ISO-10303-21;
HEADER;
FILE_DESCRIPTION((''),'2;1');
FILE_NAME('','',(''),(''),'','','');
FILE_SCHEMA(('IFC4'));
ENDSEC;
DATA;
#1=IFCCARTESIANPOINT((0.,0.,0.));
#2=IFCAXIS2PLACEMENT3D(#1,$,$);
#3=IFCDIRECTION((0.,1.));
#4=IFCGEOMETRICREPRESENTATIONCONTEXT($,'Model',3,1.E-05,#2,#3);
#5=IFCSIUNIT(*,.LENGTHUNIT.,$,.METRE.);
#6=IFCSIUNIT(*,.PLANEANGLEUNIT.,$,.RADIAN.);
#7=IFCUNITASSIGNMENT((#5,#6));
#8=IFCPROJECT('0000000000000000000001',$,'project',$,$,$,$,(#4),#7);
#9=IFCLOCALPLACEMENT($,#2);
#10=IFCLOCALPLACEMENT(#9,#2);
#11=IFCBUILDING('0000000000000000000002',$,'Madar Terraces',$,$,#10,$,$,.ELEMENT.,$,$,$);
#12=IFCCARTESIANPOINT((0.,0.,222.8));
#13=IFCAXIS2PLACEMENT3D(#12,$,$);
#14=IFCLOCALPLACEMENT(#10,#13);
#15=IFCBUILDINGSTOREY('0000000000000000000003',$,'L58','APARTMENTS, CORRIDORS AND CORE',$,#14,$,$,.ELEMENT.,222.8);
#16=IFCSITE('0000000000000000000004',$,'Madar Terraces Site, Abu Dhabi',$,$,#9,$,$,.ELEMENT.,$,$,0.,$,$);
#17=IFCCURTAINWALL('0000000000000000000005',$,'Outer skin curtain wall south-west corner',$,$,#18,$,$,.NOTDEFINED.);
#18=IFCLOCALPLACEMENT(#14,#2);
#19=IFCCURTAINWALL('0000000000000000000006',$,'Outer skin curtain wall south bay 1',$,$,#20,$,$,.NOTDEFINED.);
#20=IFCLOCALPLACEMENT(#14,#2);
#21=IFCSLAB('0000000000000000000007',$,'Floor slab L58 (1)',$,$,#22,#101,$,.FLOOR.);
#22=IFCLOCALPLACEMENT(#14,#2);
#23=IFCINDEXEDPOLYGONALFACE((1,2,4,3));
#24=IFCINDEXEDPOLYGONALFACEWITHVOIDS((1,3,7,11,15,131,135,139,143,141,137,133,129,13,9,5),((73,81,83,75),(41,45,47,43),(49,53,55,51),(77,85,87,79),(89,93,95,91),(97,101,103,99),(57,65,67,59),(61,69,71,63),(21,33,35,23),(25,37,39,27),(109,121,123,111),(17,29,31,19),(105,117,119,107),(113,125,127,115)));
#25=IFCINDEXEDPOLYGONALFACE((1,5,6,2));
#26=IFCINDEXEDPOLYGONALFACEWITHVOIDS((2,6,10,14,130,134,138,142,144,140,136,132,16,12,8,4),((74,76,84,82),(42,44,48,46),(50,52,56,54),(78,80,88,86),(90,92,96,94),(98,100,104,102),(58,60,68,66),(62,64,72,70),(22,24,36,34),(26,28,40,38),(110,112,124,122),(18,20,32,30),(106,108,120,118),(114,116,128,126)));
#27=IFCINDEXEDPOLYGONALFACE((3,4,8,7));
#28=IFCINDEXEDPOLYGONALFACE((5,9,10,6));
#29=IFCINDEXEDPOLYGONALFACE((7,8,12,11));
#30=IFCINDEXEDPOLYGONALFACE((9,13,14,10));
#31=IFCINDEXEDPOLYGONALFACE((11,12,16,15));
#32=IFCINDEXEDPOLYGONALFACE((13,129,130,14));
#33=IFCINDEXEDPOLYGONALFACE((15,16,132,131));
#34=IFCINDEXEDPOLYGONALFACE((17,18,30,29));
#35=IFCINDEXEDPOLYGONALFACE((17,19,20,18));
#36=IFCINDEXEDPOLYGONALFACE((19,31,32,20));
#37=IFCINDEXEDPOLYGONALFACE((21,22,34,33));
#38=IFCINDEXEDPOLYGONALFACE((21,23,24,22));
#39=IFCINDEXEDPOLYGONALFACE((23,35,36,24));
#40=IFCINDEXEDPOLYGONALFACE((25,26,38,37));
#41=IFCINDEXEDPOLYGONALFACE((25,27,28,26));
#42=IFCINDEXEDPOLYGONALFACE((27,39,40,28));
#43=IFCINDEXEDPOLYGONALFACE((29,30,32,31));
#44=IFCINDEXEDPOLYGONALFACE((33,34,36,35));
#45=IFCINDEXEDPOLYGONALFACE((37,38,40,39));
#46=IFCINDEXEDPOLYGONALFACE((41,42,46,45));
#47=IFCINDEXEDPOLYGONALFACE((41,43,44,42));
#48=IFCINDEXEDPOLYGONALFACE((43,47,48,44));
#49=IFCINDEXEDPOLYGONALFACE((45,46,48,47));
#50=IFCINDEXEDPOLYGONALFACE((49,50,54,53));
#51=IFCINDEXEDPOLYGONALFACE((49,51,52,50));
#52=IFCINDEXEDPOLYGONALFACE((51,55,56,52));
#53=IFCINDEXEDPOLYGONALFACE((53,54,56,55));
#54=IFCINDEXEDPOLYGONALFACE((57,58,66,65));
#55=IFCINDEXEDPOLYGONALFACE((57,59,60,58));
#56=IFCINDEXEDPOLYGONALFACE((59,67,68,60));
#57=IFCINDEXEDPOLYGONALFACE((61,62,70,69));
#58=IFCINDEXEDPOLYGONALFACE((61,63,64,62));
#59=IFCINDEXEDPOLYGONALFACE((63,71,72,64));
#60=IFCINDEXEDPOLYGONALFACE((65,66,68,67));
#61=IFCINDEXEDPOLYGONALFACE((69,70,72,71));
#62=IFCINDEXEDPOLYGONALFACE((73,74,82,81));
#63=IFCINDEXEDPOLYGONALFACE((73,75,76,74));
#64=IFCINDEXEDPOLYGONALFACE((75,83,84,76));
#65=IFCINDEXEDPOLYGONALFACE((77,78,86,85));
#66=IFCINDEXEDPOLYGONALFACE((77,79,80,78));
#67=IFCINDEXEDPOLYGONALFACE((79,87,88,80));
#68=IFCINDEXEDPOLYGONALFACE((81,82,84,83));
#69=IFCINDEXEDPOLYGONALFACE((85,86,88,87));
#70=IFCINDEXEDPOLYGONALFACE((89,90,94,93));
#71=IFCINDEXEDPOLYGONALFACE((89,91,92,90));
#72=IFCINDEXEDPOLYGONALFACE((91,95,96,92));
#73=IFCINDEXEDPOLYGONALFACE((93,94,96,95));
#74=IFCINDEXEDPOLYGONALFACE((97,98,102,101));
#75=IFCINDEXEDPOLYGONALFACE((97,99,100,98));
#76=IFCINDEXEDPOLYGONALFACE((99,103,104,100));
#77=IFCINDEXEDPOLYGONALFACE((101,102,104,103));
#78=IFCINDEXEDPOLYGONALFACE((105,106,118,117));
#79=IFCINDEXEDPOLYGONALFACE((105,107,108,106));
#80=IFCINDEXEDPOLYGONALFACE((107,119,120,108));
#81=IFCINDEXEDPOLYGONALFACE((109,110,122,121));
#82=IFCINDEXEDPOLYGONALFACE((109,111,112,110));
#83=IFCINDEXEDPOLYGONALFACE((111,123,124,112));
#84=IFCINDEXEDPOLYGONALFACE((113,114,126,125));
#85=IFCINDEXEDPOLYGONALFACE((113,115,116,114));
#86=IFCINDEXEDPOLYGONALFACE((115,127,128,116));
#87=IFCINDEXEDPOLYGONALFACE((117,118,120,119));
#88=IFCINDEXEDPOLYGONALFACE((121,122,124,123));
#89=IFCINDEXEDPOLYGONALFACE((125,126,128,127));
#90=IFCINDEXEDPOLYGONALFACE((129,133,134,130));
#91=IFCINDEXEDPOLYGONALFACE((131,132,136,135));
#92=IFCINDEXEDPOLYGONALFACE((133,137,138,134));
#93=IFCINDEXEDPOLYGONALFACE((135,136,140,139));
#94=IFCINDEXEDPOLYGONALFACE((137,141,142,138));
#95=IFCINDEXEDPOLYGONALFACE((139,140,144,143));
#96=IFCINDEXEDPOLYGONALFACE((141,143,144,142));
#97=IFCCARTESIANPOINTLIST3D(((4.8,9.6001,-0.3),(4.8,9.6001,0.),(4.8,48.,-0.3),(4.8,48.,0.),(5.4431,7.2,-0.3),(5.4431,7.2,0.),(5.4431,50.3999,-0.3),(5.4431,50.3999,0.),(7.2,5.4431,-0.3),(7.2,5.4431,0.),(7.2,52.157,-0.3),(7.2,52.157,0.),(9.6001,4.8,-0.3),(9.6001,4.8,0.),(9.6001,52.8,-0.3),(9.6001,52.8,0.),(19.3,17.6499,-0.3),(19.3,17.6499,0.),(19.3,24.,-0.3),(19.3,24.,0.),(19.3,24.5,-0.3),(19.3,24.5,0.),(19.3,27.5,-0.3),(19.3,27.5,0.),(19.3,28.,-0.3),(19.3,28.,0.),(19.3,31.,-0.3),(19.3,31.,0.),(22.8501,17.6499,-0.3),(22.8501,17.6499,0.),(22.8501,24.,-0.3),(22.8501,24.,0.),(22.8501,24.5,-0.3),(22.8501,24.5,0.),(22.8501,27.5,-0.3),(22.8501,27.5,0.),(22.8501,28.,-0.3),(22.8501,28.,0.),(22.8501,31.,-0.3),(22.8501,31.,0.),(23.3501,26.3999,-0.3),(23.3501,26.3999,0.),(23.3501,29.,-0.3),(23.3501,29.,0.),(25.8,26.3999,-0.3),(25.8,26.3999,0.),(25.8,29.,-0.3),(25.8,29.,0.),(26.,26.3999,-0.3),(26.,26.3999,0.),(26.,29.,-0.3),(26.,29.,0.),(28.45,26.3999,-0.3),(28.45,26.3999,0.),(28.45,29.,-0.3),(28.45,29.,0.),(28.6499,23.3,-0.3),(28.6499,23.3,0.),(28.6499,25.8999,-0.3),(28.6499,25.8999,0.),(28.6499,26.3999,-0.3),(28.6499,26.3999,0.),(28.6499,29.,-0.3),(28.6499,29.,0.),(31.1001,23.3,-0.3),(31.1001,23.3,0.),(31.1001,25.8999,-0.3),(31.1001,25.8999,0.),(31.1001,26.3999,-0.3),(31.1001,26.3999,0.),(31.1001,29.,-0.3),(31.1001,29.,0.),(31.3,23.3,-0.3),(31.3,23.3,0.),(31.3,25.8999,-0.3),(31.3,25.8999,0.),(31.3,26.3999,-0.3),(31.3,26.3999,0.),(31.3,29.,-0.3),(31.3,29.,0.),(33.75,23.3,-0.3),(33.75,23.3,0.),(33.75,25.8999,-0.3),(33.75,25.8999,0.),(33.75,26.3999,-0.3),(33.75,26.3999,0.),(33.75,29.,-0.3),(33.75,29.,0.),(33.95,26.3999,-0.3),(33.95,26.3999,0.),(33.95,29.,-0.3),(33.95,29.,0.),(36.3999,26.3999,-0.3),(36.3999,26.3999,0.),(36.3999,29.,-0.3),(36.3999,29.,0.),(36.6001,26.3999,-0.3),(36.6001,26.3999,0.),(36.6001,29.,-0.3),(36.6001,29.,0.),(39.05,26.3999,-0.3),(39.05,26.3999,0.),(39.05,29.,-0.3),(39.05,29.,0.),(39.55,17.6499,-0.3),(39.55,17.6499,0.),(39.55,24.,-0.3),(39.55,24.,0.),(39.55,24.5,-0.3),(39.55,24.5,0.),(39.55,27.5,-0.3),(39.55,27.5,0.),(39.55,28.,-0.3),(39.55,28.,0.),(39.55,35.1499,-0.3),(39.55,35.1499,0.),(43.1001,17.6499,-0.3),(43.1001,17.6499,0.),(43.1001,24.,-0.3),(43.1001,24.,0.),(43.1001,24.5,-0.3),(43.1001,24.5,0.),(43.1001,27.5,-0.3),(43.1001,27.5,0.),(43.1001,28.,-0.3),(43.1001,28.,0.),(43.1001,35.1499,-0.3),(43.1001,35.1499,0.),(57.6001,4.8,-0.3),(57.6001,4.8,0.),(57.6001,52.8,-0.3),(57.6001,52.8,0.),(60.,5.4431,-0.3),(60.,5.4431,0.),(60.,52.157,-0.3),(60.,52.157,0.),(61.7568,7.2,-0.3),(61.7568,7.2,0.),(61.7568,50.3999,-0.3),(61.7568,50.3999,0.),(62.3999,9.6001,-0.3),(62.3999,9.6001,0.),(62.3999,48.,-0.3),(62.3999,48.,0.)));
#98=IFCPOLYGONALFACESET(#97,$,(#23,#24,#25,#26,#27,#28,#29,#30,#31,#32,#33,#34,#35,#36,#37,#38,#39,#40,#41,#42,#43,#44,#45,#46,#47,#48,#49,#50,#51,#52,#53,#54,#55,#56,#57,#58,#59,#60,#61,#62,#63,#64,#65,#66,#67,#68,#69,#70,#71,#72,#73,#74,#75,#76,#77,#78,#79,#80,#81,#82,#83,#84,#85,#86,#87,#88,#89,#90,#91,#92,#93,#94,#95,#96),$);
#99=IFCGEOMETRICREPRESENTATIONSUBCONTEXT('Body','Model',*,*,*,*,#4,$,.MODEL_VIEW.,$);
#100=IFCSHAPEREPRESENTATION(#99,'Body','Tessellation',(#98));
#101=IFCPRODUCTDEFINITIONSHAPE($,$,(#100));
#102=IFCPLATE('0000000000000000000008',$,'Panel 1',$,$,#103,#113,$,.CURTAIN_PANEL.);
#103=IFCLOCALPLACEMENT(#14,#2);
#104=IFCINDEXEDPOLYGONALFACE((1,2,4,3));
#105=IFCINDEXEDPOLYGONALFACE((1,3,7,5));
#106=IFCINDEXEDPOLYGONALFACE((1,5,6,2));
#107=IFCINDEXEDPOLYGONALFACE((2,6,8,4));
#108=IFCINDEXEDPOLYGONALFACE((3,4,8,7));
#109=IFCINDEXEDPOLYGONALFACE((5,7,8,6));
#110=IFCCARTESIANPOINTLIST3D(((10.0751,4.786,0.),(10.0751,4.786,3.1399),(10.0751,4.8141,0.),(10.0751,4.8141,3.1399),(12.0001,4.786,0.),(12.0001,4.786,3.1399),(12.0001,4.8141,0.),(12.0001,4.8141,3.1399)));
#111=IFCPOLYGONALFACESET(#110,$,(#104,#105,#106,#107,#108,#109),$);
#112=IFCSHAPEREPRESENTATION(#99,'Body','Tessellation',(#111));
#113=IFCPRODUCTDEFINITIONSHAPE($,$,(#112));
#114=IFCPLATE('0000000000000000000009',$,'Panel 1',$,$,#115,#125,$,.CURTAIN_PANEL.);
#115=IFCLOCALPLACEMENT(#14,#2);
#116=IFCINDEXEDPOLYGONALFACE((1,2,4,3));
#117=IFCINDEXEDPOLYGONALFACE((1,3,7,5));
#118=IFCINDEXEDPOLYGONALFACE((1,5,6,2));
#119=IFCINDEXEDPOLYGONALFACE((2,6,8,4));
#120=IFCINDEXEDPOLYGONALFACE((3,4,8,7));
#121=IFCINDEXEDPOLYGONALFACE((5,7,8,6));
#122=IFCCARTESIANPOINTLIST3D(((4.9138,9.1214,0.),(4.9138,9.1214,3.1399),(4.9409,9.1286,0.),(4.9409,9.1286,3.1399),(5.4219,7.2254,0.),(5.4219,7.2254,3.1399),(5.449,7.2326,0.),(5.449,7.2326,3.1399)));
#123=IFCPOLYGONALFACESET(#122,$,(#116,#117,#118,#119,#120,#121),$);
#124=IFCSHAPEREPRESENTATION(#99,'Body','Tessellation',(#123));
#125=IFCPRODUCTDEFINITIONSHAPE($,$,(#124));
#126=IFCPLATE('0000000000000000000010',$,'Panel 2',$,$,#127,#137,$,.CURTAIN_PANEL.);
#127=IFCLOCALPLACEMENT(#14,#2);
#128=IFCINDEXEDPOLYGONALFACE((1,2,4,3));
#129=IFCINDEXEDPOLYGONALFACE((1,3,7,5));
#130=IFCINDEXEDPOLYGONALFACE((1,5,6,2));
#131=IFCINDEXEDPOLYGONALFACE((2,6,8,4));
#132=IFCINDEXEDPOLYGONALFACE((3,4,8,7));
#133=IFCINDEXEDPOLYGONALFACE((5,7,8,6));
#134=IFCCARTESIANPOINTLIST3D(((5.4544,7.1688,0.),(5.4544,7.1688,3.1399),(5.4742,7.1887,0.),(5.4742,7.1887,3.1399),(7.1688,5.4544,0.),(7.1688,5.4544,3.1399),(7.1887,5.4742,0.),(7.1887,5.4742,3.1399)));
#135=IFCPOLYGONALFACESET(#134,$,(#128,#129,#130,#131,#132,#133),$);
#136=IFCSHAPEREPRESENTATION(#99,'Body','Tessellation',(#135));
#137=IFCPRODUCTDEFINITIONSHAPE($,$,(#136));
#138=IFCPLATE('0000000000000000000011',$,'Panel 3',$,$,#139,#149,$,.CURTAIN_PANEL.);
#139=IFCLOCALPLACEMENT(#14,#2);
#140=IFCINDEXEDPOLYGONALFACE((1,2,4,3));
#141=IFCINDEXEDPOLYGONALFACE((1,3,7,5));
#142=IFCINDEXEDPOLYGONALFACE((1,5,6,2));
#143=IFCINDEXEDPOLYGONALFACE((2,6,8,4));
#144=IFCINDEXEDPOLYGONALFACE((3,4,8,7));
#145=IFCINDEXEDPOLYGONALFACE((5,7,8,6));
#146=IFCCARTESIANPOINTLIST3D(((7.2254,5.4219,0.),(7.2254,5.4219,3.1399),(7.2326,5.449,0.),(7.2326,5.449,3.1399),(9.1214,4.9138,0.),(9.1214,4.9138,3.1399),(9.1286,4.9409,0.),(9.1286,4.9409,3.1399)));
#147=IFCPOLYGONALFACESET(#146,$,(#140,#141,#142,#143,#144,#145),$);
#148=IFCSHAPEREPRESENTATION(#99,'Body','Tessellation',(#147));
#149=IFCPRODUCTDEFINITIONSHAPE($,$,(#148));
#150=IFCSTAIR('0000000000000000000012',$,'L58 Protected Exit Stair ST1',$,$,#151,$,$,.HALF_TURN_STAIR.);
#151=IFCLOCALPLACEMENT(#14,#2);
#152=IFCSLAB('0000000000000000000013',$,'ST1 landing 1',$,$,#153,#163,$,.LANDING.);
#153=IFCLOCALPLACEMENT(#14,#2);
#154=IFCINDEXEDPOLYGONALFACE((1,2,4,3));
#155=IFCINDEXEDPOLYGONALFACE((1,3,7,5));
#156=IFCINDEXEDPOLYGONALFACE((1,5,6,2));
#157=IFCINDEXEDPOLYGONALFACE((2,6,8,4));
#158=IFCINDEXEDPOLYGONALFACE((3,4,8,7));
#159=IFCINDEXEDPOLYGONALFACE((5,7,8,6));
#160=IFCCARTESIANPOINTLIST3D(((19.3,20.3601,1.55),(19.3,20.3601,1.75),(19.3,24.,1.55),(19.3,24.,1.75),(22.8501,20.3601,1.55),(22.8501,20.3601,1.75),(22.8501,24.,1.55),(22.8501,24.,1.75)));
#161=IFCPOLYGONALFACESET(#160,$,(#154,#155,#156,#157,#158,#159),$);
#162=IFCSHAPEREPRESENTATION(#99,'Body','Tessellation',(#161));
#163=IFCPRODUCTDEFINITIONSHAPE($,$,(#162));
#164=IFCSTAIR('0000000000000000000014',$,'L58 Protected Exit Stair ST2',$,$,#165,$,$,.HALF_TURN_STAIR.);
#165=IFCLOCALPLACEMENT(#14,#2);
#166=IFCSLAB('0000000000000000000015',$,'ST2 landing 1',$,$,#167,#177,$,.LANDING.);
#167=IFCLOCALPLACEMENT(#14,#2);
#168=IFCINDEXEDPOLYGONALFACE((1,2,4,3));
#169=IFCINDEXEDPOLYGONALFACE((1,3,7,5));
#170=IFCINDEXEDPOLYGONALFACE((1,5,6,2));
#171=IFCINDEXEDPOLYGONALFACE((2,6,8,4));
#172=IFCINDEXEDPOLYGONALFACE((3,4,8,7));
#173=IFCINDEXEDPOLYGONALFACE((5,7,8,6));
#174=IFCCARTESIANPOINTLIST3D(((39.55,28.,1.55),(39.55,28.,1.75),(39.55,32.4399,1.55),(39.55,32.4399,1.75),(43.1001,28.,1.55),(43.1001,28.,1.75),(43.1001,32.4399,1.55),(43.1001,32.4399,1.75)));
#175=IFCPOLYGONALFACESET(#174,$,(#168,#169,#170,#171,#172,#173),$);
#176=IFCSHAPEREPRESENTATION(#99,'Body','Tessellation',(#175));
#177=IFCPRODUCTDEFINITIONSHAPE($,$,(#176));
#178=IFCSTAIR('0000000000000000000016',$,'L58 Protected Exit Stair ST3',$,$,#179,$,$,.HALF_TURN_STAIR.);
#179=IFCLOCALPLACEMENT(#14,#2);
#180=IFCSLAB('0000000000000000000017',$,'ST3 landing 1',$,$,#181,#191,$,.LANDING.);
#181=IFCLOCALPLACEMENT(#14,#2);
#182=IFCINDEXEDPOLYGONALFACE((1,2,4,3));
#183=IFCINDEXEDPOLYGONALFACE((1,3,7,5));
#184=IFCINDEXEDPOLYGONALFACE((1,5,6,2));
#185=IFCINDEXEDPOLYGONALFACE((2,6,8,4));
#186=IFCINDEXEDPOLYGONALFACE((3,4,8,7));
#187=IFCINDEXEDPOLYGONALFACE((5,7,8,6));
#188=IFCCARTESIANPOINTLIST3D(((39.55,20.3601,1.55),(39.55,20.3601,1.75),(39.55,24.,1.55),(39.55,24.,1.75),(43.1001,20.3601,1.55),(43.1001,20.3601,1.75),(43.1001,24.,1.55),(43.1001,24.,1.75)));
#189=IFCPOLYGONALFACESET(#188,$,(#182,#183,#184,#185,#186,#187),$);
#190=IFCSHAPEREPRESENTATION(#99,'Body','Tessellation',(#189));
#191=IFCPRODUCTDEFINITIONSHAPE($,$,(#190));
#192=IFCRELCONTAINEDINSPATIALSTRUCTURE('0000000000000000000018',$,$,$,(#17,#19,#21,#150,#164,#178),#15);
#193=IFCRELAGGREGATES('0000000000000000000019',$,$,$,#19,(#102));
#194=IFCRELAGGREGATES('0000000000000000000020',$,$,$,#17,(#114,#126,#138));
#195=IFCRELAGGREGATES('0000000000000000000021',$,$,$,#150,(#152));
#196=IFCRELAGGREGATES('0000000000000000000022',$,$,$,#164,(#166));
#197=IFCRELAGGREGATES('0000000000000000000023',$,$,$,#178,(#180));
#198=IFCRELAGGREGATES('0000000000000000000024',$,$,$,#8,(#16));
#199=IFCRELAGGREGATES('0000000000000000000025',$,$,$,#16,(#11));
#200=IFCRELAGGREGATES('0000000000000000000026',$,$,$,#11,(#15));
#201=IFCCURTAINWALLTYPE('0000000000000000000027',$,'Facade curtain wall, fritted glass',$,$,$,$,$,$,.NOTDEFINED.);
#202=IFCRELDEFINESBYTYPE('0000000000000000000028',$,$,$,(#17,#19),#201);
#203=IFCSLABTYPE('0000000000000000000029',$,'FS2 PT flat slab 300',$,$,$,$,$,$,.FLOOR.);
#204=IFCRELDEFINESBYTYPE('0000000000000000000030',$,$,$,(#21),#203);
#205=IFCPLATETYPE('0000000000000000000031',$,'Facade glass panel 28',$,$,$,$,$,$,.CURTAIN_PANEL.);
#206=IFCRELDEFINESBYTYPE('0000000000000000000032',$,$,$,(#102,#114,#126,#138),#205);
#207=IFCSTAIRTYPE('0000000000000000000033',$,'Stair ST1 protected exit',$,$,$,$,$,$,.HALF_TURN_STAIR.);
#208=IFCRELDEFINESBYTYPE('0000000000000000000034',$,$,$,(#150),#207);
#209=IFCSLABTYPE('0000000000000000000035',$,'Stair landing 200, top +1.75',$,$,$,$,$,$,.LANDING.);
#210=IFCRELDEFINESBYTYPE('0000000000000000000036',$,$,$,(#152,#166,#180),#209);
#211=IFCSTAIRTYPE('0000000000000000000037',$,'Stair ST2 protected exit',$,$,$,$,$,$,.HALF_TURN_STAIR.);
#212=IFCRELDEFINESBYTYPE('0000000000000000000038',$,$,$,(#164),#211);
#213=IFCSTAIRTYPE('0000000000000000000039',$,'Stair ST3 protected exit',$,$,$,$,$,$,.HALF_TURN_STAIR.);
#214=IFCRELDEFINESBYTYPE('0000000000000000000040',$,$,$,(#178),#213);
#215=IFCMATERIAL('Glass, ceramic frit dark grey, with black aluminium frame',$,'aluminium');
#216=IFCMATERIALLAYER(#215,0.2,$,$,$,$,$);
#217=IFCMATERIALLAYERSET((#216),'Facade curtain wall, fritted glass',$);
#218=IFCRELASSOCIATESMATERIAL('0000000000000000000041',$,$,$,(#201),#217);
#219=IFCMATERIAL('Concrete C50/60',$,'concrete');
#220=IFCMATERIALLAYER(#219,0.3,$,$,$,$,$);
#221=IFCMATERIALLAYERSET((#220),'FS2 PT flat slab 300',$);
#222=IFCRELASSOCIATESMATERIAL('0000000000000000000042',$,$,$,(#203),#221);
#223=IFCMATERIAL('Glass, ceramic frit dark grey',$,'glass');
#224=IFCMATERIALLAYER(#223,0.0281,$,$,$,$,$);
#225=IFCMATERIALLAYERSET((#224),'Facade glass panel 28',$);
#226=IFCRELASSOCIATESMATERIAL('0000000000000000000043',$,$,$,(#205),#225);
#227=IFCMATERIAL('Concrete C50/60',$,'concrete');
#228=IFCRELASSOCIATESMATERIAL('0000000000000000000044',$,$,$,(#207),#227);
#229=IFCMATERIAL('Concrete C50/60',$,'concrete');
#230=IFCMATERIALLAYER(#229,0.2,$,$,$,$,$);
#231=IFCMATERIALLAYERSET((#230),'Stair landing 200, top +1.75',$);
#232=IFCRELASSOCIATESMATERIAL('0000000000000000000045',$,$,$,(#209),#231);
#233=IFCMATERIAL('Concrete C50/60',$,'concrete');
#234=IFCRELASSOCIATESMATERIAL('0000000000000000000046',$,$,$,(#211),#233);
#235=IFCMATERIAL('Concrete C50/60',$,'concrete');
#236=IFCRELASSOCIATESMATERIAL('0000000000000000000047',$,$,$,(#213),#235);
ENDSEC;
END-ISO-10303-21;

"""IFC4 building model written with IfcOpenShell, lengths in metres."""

from ifc_helpers import new_model, si_unit, direction, frame, origin, origin_2d, place, context, subcontext, project, spatial, polyline, rectangle, outline, extrude, material, layer, layer_set, type_object, element, aggregate, save


model = new_model("IFC4")

# Units and contexts
model_context = context("Model", 3, precision=1e-05, world=origin(), true_north=direction((0.0, 1.0)))
body_context = subcontext(model_context, "Body", "Model", "MODEL_VIEW")
ifc_project = project(units=[si_unit("LENGTHUNIT", "METRE"), si_unit("PLANEANGLEUNIT", "RADIAN")], contexts=[model_context])

# Site, building, storey
site_placement = place(None, origin())
site = spatial("IfcSite", under=ifc_project, at=site_placement, Name="Madar Terraces Site, Abu Dhabi", CompositionType="ELEMENT", RefElevation=0.0)
building_placement = place(site_placement, origin())
building = spatial("IfcBuilding", under=site, at=building_placement, Name="Madar Terraces", CompositionType="ELEMENT")
storey_placement = place(building_placement, frame((0.0, 0.0, 222.8)))
storey = spatial("IfcBuildingStorey", under=building, at=storey_placement, Name="L58", Description="APARTMENTS, CORRIDORS AND CORE", CompositionType="ELEMENT", Elevation=222.8)

# Curtain walls
ifc_material_1 = material(Name="Glass, ceramic frit dark grey, with black aluminium frame", Category="aluminium")
ifc_layer_1 = layer(ifc_material_1, 0.2)
ifc_layer_set_1 = layer_set([ifc_layer_1], Name="Facade curtain wall, fritted glass")
curtain_wall_type = type_object("IfcCurtainWallType", Name="Facade curtain wall, fritted glass", PredefinedType="NOTDEFINED", material=ifc_layer_set_1)
curtain_wall_1_placement = place(storey_placement, origin())
curtain_wall_1 = element("IfcCurtainWall", 1, at=curtain_wall_1_placement, inside=storey, type_object=curtain_wall_type, Name="Outer skin curtain wall south-west corner", PredefinedType="NOTDEFINED")
curtain_wall_2_placement = place(storey_placement, origin())
curtain_wall_2 = element("IfcCurtainWall", 2, at=curtain_wall_2_placement, inside=storey, type_object=curtain_wall_type, Name="Outer skin curtain wall south bay 1", PredefinedType="NOTDEFINED")

# Slab
ifc_material_2 = material(Name="Concrete C50/60", Category="concrete")
ifc_layer_2 = layer(ifc_material_2, 0.3)
ifc_layer_set_2 = layer_set([ifc_layer_2], Name="FS2 PT flat slab 300")
slab_type_1 = type_object("IfcSlabType", Name="FS2 PT flat slab 300", PredefinedType="FLOOR", material=ifc_layer_set_2)
slab_1_placement = place(storey_placement, frame((0.0, 0.0, -0.3)))
element("IfcSlab", 3, at=slab_1_placement, inside=storey, type_object=slab_type_1, Name="Floor slab L58 (1)", PredefinedType="FLOOR", context=body_context, shape_type="SweptSolid", body=[
    extrude(outline(polyline([(57.6001, 4.8), (60.0, 5.4431), (61.7568, 7.2), (62.3999, 9.6001), (62.3999, 48.0), (61.7568, 50.3999), (60.0, 52.157), (57.6001, 52.8), (9.6001, 52.8), (7.2, 52.157), (5.4431, 50.3999), (4.8, 48.0), (4.8, 9.6001), (5.4431, 7.2), (7.2, 5.4431), (9.6001, 4.8), (57.6001, 4.8)]), holes=[polyline([(22.8501, 17.6499), (19.3, 17.6499), (19.3, 24.0), (22.8501, 24.0), (22.8501, 17.6499)]), polyline([(28.6499, 23.3), (28.6499, 25.8999), (31.1001, 25.8999), (31.1001, 23.3), (28.6499, 23.3)]), polyline([(19.3, 24.5), (19.3, 27.5), (22.8501, 27.5), (22.8501, 24.5), (19.3, 24.5)]), polyline([(23.3501, 26.3999), (23.3501, 29.0), (25.8, 29.0), (25.8, 26.3999), (23.3501, 26.3999)]), polyline([(26.0, 26.3999), (26.0, 29.0), (28.45, 29.0), (28.45, 26.3999), (26.0, 26.3999)]), polyline([(28.6499, 26.3999), (28.6499, 29.0), (31.1001, 29.0), (31.1001, 26.3999), (28.6499, 26.3999)]), polyline([(19.3, 28.0), (19.3, 31.0), (22.8501, 31.0), (22.8501, 28.0), (19.3, 28.0)]), polyline([(43.1001, 17.6499), (39.55, 17.6499), (39.55, 24.0), (43.1001, 24.0), (43.1001, 17.6499)]), polyline([(31.3, 23.3), (31.3, 25.8999), (33.75, 25.8999), (33.75, 23.3), (31.3, 23.3)]), polyline([(39.55, 24.5), (39.55, 27.5), (43.1001, 27.5), (43.1001, 24.5), (39.55, 24.5)]), polyline([(31.3, 26.3999), (31.3, 29.0), (33.75, 29.0), (33.75, 26.3999), (31.3, 26.3999)]), polyline([(33.95, 26.3999), (33.95, 29.0), (36.3999, 29.0), (36.3999, 26.3999), (33.95, 26.3999)]), polyline([(36.6001, 26.3999), (36.6001, 29.0), (39.05, 29.0), (39.05, 26.3999), (36.6001, 26.3999)]), polyline([(39.55, 28.0), (39.55, 35.1499), (43.1001, 35.1499), (43.1001, 28.0), (39.55, 28.0)])]), origin(), (0.0, 0.0, 1.0), 0.3),
])

# Plates
ifc_material_3 = material(Name="Glass, ceramic frit dark grey", Category="glass")
ifc_layer_3 = layer(ifc_material_3, 0.0281)
ifc_layer_set_3 = layer_set([ifc_layer_3], Name="Facade glass panel 28")
plate_type = type_object("IfcPlateType", Name="Facade glass panel 28", PredefinedType="CURTAIN_PANEL", material=ifc_layer_set_3)
plate_1_placement = place(storey_placement, frame((11.0376, 4.8, 0.0), z_axis=(0.0, 0.0, 1.0), x_axis=(1.0, 0.0, 0.0)))
plate_1 = element("IfcPlate", 4, at=plate_1_placement, type_object=plate_type, Name="Panel 1", PredefinedType="CURTAIN_PANEL", context=body_context, shape_type="SweptSolid", body=[
    extrude(rectangle(XDim=1.925, YDim=0.0281, at=origin_2d()), origin(), (0.0, 0.0, 1.0), 3.1399),
])
aggregate(curtain_wall_2, [plate_1])
plate_2_placement = place(storey_placement, frame((5.1814, 8.177, 0.0), z_axis=(0.0, 0.0, 1.0), x_axis=(0.258819, -0.965926, 0.0)))
plate_2 = element("IfcPlate", 5, at=plate_2_placement, type_object=plate_type, Name="Panel 1", PredefinedType="CURTAIN_PANEL", context=body_context, shape_type="SweptSolid", body=[
    extrude(rectangle(XDim=1.9629, YDim=0.0281, at=origin_2d()), origin(), (0.0, 0.0, 1.0), 3.1399),
])
plate_3_placement = place(storey_placement, frame((6.3215, 6.3215, 0.0), z_axis=(0.0, 0.0, 1.0), x_axis=(0.707107, -0.707107, 0.0)))
plate_3 = element("IfcPlate", 6, at=plate_3_placement, type_object=plate_type, Name="Panel 2", PredefinedType="CURTAIN_PANEL", context=body_context, shape_type="SweptSolid", body=[
    extrude(rectangle(XDim=2.4246, YDim=0.0281, at=origin_2d()), origin(), (0.0, 0.0, 1.0), 3.1399),
])
plate_4_placement = place(storey_placement, frame((8.177, 5.1814, 0.0), z_axis=(0.0, 0.0, 1.0), x_axis=(0.965926, -0.258819, 0.0)))
plate_4 = element("IfcPlate", 7, at=plate_4_placement, type_object=plate_type, Name="Panel 3", PredefinedType="CURTAIN_PANEL", context=body_context, shape_type="SweptSolid", body=[
    extrude(rectangle(XDim=1.9629, YDim=0.0281, at=origin_2d()), origin(), (0.0, 0.0, 1.0), 3.1399),
])
aggregate(curtain_wall_1, [plate_2, plate_3, plate_4])

# Stairs, slabs
ifc_material_4 = material(Name="Concrete C50/60", Category="concrete")
stair_type_1 = type_object("IfcStairType", Name="Stair ST1 protected exit", PredefinedType="HALF_TURN_STAIR", material=ifc_material_4)
stair_1_placement = place(storey_placement, origin())
stair_1 = element("IfcStair", 8, at=stair_1_placement, inside=storey, type_object=stair_type_1, Name="L58 Protected Exit Stair ST1", PredefinedType="HALF_TURN_STAIR")
ifc_material_5 = material(Name="Concrete C50/60", Category="concrete")
ifc_layer_4 = layer(ifc_material_5, 0.2)
ifc_layer_set_4 = layer_set([ifc_layer_4], Name="Stair landing 200, top +1.75")
slab_type_2 = type_object("IfcSlabType", Name="Stair landing 200, top +1.75", PredefinedType="LANDING", material=ifc_layer_set_4)
slab_2_placement = place(storey_placement, frame((0.0, 0.0, 1.55)))
slab_2 = element("IfcSlab", 9, at=slab_2_placement, type_object=slab_type_2, Name="ST1 landing 1", PredefinedType="LANDING", context=body_context, shape_type="SweptSolid", body=[
    extrude(outline(polyline([(19.3, 20.3601), (22.8501, 20.3601), (22.8501, 24.0), (19.3, 24.0), (19.3, 20.3601)])), origin(), (0.0, 0.0, 1.0), 0.2),
])
aggregate(stair_1, [slab_2])
ifc_material_6 = material(Name="Concrete C50/60", Category="concrete")
stair_type_2 = type_object("IfcStairType", Name="Stair ST2 protected exit", PredefinedType="HALF_TURN_STAIR", material=ifc_material_6)
stair_2_placement = place(storey_placement, origin())
stair_2 = element("IfcStair", 10, at=stair_2_placement, inside=storey, type_object=stair_type_2, Name="L58 Protected Exit Stair ST2", PredefinedType="HALF_TURN_STAIR")
slab_3_placement = place(storey_placement, frame((0.0, 0.0, 1.55)))
slab_3 = element("IfcSlab", 11, at=slab_3_placement, type_object=slab_type_2, Name="ST2 landing 1", PredefinedType="LANDING", context=body_context, shape_type="SweptSolid", body=[
    extrude(outline(polyline([(39.55, 28.0), (43.1001, 28.0), (43.1001, 32.4399), (39.55, 32.4399), (39.55, 28.0)])), origin(), (0.0, 0.0, 1.0), 0.2),
])
aggregate(stair_2, [slab_3])
ifc_material_7 = material(Name="Concrete C50/60", Category="concrete")
stair_type_3 = type_object("IfcStairType", Name="Stair ST3 protected exit", PredefinedType="HALF_TURN_STAIR", material=ifc_material_7)
stair_3_placement = place(storey_placement, origin())
stair_3 = element("IfcStair", 12, at=stair_3_placement, inside=storey, type_object=stair_type_3, Name="L58 Protected Exit Stair ST3", PredefinedType="HALF_TURN_STAIR")
slab_4_placement = place(storey_placement, frame((0.0, 0.0, 1.55)))
slab_4 = element("IfcSlab", 13, at=slab_4_placement, type_object=slab_type_2, Name="ST3 landing 1", PredefinedType="LANDING", context=body_context, shape_type="SweptSolid", body=[
    extrude(outline(polyline([(39.55, 20.3601), (43.1001, 20.3601), (43.1001, 24.0), (39.55, 24.0), (39.55, 20.3601)])), origin(), (0.0, 0.0, 1.0), 0.2),
])
aggregate(stair_3, [slab_4])

save(model, "model.ifc")
